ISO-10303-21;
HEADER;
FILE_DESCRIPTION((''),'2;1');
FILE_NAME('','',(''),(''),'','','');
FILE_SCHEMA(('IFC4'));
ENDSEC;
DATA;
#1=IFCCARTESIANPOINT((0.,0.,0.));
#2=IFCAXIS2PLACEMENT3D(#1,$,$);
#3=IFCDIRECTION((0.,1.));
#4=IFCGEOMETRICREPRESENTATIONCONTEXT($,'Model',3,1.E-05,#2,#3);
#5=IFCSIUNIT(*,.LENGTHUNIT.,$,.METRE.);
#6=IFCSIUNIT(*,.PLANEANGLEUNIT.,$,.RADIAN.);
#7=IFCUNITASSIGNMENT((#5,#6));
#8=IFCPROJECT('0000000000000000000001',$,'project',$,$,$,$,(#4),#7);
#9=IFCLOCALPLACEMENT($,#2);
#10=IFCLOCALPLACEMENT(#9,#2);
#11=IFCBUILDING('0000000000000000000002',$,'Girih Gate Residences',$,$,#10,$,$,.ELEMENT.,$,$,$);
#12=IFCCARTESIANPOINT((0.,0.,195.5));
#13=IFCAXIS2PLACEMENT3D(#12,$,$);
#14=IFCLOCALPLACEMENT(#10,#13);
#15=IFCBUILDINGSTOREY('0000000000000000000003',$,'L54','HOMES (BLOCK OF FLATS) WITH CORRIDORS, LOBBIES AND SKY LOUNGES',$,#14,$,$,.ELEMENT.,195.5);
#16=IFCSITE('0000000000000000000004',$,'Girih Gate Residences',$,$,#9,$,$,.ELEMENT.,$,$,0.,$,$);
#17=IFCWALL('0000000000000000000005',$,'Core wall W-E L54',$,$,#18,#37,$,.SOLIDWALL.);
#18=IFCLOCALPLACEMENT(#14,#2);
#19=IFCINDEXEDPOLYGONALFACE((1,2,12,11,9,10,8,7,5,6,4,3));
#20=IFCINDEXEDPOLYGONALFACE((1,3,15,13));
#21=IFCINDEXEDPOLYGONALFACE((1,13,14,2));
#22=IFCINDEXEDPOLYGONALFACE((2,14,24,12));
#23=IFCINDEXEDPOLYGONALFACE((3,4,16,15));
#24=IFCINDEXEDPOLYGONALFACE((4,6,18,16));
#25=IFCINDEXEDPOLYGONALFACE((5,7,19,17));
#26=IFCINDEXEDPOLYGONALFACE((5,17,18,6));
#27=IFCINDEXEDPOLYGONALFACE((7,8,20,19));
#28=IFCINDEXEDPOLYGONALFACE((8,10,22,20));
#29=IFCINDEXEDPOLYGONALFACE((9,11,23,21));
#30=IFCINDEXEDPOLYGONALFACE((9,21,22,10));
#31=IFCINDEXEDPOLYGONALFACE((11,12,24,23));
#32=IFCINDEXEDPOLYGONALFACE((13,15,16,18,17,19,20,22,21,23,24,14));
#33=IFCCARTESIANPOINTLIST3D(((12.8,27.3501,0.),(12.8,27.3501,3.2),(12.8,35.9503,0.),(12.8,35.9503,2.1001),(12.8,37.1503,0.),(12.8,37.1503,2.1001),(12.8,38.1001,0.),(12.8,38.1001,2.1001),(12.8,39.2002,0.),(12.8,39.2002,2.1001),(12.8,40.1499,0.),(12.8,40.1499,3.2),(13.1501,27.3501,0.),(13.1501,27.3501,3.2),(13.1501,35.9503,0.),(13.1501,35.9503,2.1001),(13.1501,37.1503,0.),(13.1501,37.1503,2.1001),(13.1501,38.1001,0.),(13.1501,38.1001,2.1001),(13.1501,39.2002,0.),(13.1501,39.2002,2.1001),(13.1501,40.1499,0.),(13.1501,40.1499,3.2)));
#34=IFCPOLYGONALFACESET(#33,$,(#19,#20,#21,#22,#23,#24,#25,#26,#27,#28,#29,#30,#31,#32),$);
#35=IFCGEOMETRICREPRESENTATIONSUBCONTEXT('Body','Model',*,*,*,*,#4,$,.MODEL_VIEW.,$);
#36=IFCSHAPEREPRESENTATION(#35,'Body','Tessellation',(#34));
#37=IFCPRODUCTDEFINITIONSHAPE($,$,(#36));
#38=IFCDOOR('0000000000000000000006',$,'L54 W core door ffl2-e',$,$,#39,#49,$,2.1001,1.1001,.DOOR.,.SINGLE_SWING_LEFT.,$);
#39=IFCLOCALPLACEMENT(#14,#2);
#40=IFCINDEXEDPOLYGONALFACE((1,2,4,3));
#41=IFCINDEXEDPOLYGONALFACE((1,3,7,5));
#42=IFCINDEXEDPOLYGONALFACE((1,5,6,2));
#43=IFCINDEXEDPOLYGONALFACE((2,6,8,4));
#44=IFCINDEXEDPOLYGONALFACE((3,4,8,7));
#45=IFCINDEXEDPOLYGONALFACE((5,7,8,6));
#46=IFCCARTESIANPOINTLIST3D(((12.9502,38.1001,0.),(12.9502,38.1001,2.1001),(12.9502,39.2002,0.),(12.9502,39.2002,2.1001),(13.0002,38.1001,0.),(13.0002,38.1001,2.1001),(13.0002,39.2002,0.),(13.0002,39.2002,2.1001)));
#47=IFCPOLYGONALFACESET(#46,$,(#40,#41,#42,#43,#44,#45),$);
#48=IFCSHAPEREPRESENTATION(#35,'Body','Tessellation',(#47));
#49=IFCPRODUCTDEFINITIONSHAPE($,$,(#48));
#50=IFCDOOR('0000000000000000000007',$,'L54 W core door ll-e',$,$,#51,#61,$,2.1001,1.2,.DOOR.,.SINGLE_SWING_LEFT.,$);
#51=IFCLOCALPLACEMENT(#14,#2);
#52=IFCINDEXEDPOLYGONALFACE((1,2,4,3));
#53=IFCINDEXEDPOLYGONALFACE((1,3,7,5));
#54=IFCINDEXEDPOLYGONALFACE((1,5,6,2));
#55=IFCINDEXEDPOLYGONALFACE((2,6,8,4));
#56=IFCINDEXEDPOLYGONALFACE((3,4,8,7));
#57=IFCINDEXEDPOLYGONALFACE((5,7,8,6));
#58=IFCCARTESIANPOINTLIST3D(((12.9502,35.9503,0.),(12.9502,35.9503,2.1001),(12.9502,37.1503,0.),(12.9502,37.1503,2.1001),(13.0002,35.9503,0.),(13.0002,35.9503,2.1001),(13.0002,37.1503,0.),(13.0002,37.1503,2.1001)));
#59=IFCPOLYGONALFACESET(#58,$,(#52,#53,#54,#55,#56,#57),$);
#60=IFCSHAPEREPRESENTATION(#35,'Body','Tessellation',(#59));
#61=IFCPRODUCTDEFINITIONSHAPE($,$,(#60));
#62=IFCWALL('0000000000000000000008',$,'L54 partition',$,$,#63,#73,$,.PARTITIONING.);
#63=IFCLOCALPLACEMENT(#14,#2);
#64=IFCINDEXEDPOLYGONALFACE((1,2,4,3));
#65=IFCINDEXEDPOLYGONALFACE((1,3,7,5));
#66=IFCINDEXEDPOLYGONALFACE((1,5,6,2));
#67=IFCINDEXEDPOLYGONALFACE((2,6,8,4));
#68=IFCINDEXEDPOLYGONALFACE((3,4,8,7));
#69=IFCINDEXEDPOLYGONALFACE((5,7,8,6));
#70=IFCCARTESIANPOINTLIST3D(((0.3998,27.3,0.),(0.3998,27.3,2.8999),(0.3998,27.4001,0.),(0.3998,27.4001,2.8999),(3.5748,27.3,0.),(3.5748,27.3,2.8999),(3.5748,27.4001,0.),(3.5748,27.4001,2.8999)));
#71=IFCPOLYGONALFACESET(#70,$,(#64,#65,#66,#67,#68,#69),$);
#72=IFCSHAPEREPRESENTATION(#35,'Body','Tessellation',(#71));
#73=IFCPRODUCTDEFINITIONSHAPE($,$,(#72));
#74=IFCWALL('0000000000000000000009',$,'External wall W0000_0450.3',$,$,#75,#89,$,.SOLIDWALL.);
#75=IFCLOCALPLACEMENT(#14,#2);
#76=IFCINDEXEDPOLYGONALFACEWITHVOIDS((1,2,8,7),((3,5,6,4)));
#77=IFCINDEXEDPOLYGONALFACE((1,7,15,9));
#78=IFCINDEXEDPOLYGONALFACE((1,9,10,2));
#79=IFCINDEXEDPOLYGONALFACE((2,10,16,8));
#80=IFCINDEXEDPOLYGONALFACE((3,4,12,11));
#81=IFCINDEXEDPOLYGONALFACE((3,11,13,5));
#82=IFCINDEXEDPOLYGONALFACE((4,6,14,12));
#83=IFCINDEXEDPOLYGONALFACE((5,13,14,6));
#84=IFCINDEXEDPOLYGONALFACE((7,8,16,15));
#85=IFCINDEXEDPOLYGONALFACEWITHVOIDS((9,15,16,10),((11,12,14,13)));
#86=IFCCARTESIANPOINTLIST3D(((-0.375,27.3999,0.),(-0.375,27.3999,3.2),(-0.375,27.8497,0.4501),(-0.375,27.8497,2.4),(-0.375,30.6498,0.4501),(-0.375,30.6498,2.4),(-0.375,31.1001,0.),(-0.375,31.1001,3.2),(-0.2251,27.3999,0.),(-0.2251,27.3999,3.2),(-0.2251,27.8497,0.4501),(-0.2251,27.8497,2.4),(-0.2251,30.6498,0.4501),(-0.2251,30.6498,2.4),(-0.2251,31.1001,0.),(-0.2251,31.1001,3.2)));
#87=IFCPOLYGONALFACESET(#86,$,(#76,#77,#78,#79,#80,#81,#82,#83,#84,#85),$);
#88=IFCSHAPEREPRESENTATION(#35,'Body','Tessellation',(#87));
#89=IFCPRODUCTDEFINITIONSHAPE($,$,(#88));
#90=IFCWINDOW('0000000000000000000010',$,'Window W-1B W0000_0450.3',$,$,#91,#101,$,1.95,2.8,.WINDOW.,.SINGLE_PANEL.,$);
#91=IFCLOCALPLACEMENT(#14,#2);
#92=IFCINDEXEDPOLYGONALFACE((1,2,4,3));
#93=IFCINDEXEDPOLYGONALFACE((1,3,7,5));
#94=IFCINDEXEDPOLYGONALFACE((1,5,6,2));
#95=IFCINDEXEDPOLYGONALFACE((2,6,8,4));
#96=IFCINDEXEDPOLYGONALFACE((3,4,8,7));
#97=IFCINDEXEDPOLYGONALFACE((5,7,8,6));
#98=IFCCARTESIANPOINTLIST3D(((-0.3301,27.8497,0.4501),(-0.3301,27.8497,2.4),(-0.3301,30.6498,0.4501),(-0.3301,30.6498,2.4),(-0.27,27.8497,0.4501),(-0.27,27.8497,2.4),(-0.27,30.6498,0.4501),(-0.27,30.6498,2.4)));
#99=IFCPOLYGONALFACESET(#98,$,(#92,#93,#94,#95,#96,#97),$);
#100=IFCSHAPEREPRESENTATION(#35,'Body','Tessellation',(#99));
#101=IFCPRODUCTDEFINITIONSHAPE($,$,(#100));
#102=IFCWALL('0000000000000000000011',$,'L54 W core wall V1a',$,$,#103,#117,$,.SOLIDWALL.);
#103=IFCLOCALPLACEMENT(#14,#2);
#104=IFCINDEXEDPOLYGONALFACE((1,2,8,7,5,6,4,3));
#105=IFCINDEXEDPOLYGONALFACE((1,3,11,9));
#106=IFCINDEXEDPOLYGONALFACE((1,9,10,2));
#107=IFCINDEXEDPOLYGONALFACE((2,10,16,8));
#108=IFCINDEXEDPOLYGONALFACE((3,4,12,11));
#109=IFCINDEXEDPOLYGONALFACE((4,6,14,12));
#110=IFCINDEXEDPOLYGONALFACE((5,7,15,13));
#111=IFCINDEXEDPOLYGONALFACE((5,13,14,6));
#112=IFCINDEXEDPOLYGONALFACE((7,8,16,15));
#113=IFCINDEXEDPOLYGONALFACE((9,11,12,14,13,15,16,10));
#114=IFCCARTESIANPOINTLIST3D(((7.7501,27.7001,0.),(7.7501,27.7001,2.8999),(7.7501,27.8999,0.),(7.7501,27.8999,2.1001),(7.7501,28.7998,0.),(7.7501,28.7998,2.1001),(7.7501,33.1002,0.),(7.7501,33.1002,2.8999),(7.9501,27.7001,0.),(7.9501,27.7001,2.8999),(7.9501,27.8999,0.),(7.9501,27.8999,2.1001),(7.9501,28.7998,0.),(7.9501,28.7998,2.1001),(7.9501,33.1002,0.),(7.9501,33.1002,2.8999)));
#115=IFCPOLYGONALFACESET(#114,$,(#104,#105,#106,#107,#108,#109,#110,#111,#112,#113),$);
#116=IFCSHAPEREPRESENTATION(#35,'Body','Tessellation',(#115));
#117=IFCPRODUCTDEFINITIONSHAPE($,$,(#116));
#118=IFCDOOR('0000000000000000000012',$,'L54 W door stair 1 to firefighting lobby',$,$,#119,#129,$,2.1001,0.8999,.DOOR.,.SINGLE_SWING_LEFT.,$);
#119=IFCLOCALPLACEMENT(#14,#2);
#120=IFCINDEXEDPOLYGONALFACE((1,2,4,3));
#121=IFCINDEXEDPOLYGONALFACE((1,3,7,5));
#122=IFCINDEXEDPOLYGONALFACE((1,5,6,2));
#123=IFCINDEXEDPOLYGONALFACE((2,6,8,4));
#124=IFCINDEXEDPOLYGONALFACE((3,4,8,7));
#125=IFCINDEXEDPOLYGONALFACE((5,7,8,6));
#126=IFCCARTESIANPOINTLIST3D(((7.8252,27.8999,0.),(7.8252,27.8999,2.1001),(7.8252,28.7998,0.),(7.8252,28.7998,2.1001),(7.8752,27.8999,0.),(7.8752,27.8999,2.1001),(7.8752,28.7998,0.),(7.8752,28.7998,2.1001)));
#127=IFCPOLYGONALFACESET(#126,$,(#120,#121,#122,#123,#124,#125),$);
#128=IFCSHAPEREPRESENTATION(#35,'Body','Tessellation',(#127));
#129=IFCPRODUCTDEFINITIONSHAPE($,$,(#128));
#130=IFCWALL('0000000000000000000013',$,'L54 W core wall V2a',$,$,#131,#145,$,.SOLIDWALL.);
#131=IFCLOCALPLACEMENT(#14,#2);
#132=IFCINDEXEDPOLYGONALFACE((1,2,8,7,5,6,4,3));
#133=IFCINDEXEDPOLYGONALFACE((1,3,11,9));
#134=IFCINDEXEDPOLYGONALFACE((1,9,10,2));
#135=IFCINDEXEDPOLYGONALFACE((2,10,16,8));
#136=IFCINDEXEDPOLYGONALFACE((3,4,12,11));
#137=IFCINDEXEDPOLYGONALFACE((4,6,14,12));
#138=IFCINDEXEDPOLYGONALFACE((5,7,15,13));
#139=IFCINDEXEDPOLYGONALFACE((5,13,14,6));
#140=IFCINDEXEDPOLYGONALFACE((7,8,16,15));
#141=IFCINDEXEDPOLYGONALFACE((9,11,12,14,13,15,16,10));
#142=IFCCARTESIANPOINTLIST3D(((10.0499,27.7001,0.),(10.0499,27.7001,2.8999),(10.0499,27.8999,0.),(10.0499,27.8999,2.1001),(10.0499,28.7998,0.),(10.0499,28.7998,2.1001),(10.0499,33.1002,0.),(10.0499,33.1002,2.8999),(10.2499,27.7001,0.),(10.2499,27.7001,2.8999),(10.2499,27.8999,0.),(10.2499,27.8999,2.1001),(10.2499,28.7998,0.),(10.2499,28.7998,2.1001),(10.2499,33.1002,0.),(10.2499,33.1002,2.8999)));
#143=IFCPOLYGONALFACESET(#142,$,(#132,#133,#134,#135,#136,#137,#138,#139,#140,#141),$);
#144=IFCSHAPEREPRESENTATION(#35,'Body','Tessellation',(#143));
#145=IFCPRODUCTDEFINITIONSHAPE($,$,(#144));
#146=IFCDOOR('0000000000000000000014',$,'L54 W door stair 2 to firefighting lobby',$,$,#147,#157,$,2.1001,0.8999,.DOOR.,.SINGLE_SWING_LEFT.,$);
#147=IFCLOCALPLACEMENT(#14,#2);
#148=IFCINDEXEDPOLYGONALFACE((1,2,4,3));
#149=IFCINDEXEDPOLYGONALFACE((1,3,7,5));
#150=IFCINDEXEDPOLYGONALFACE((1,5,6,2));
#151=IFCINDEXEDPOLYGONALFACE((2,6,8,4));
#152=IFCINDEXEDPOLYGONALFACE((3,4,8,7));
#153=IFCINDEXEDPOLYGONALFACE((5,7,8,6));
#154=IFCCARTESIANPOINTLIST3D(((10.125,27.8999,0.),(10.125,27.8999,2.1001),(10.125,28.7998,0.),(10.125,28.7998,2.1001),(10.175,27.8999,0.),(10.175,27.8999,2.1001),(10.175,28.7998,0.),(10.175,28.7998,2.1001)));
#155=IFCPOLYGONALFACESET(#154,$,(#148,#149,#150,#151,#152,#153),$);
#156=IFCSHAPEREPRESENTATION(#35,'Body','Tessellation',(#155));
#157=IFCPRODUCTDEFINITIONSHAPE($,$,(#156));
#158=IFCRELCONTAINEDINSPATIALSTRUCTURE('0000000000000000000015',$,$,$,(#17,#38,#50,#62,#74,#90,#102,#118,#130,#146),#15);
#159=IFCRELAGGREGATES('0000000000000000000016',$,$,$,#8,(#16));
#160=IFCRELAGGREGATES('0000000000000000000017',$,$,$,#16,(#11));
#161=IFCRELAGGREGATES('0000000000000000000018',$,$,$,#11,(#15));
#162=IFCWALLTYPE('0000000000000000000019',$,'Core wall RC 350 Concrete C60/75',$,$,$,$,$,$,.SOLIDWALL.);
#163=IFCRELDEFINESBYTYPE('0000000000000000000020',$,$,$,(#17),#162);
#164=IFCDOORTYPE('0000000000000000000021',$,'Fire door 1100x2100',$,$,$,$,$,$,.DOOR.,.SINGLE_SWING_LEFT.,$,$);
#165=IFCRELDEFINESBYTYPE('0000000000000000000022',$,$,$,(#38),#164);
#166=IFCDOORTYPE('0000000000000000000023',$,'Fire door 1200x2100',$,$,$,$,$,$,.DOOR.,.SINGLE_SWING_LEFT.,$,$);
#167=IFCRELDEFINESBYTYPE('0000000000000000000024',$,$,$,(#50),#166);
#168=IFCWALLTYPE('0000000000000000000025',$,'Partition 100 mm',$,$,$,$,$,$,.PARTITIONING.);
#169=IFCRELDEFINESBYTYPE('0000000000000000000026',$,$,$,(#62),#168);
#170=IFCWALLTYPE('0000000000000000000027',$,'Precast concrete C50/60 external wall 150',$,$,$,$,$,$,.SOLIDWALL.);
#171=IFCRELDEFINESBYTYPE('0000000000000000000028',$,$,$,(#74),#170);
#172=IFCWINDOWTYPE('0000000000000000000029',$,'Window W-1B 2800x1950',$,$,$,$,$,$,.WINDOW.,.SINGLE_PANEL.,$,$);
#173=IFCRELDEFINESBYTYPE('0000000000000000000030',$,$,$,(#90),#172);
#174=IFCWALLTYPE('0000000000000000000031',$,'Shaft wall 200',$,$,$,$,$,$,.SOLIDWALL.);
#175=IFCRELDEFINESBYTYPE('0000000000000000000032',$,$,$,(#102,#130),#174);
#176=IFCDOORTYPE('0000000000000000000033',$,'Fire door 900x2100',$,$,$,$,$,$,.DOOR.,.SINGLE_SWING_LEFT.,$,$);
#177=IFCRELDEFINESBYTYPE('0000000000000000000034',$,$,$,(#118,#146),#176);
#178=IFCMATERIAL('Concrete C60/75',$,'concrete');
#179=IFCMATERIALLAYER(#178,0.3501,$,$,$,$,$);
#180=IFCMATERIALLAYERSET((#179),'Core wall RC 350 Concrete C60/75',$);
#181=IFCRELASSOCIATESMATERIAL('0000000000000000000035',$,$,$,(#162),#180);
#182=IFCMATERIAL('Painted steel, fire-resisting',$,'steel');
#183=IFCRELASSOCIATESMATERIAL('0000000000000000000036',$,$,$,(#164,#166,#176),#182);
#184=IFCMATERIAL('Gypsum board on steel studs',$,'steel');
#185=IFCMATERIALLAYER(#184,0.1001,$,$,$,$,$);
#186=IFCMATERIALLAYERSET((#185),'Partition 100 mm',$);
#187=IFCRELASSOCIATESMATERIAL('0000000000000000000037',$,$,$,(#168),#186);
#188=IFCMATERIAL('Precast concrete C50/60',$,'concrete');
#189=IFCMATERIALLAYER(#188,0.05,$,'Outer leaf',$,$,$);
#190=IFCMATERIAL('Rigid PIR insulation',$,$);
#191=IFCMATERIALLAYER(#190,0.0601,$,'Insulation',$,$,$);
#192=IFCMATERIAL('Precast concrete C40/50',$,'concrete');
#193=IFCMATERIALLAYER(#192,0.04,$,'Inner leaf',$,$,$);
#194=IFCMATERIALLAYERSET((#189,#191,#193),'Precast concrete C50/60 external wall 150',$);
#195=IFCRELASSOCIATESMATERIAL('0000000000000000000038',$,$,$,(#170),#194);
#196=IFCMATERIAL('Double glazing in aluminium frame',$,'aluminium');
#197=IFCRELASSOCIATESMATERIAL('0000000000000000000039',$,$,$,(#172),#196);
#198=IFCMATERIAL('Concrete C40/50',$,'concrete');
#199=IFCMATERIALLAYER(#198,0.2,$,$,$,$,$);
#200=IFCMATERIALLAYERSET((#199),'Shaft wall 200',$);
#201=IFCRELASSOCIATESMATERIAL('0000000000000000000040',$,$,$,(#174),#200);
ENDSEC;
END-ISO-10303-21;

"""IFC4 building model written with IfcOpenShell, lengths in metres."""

from ifc_helpers import new_model, si_unit, direction, frame, frame_2d, origin, place, context, subcontext, project, spatial, rectangle, extrude, material, layer, layer_set, type_object, element, fill, save


model = new_model("IFC4")

# Units and contexts
model_context = context("Model", 3, precision=1e-05, world=origin(), true_north=direction((0.0, 1.0)))
body_context = subcontext(model_context, "Body", "Model", "MODEL_VIEW")
ifc_project = project(units=[si_unit("LENGTHUNIT", "METRE"), si_unit("PLANEANGLEUNIT", "RADIAN")], contexts=[model_context])

# Site, building, storey
site_placement = place(None, origin())
site = spatial("IfcSite", under=ifc_project, at=site_placement, Name="Girih Gate Residences", CompositionType="ELEMENT", RefElevation=0.0)
building_placement = place(site_placement, origin())
building = spatial("IfcBuilding", under=site, at=building_placement, Name="Girih Gate Residences", CompositionType="ELEMENT")
storey_placement = place(building_placement, frame((0.0, 0.0, 195.5)))
storey = spatial("IfcBuildingStorey", under=building, at=storey_placement, Name="L54", Description="HOMES (BLOCK OF FLATS) WITH CORRIDORS, LOBBIES AND SKY LOUNGES", CompositionType="ELEMENT", Elevation=195.5)

# Shared definitions
ifc_material_1 = material(Name="Concrete C60/75", Category="concrete")

# Shared definitions
ifc_material_2 = material(Name="Gypsum board on steel studs", Category="steel")

# Shared definitions
ifc_layer_1 = layer(ifc_material_1, 0.3501)
ifc_layer_set_1 = layer_set([ifc_layer_1], Name="Core wall RC 350 Concrete C60/75")
wall_type_1 = type_object("IfcWallType", Name="Core wall RC 350 Concrete C60/75", PredefinedType="SOLIDWALL", material=ifc_layer_set_1)
ifc_material_3 = material(Name="Painted steel, fire-resisting", Category="steel")
door_type_1 = type_object("IfcDoorType", Name="Fire door 1100x2100", OperationType="SINGLE_SWING_LEFT", PredefinedType="DOOR", material=ifc_material_3)

# Shared definitions
door_type_2 = type_object("IfcDoorType", Name="Fire door 1200x2100", OperationType="SINGLE_SWING_LEFT", PredefinedType="DOOR", material=ifc_material_3)

# Wall, openings, doors
wall_1_placement = place(storey_placement, frame((12.9751, 27.3501, 0.0), z_axis=(0.0, 0.0, 1.0), x_axis=(0.0, 1.0, 0.0)))
wall_1 = element("IfcWall", 1, at=wall_1_placement, inside=storey, type_object=wall_type_1, Name="Core wall W-E L54", PredefinedType="SOLIDWALL", context=body_context, shape_type="SweptSolid", body=[
    extrude(rectangle(XDim=12.7998, YDim=0.3501, at=frame_2d((6.3999, 0.0))), origin(), (0.0, 0.0, 1.0), 3.2),
])
opening_1_placement = place(wall_1_placement, frame((10.75, 0.0, 0.0)))
opening_1 = element("IfcOpeningElement", 2, at=opening_1_placement, cuts=wall_1, PredefinedType="OPENING", context=body_context, shape_type="SweptSolid", body=[
    extrude(rectangle(XDim=1.1001, YDim=2.1001, at=frame_2d((0.55, 1.05))), frame((0.0, 0.1851, 0.0), z_axis=(0.0, -1.0, 0.0), x_axis=(1.0, 0.0, 0.0)), (0.0, 0.0, 1.0), 0.3701),
])
opening_2_placement = place(wall_1_placement, frame((8.6001, 0.0, 0.0)))
opening_2 = element("IfcOpeningElement", 3, at=opening_2_placement, cuts=wall_1, PredefinedType="OPENING", context=body_context, shape_type="SweptSolid", body=[
    extrude(rectangle(XDim=1.2, YDim=2.1001, at=frame_2d((0.6001, 1.05))), frame((0.0, 0.1851, 0.0), z_axis=(0.0, -1.0, 0.0), x_axis=(1.0, 0.0, 0.0)), (0.0, 0.0, 1.0), 0.3701),
])
door_1_placement = place(opening_1_placement, origin())
door_1 = element("IfcDoor", 4, at=door_1_placement, inside=storey, type_object=door_type_1, Name="L54 W core door ffl2-e", OperationType="SINGLE_SWING_LEFT", OverallHeight=2.1001, OverallWidth=1.1001, PredefinedType="DOOR", context=body_context, shape_type="SweptSolid", body=[
    extrude(rectangle(XDim=1.1001, YDim=2.1001, at=frame_2d((0.55, 1.05))), frame((0.0, 0.0249, 0.0), z_axis=(0.0, -1.0, 0.0), x_axis=(1.0, 0.0, 0.0)), (0.0, 0.0, 1.0), 0.05),
])
fill(opening_1, door_1)
door_2_placement = place(opening_2_placement, origin())
door_2 = element("IfcDoor", 5, at=door_2_placement, inside=storey, type_object=door_type_2, Name="L54 W core door ll-e", OperationType="SINGLE_SWING_LEFT", OverallHeight=2.1001, OverallWidth=1.2, PredefinedType="DOOR", context=body_context, shape_type="SweptSolid", body=[
    extrude(rectangle(XDim=1.2, YDim=2.1001, at=frame_2d((0.6001, 1.05))), frame((0.0, 0.0249, 0.0), z_axis=(0.0, -1.0, 0.0), x_axis=(1.0, 0.0, 0.0)), (0.0, 0.0, 1.0), 0.05),
])
fill(opening_2, door_2)

# Wall
ifc_layer_2 = layer(ifc_material_2, 0.1001)
ifc_layer_set_2 = layer_set([ifc_layer_2], Name="Partition 100 mm")
wall_type_2 = type_object("IfcWallType", Name="Partition 100 mm", PredefinedType="PARTITIONING", material=ifc_layer_set_2)
wall_2_placement = place(storey_placement, frame((0.3999, 27.3501, 0.0), z_axis=(0.0, 0.0, 1.0), x_axis=(1.0, 0.0, 0.0)))
element("IfcWall", 6, at=wall_2_placement, inside=storey, type_object=wall_type_2, Name="L54 partition", PredefinedType="PARTITIONING", context=body_context, shape_type="SweptSolid", body=[
    extrude(rectangle(XDim=3.175, YDim=0.1001, at=frame_2d((1.5874, 0.0))), origin(), (0.0, 0.0, 1.0), 2.8999),
])

# Wall, opening, window
ifc_material_4 = material(Name="Precast concrete C50/60", Category="concrete")
ifc_layer_3 = layer(ifc_material_4, 0.05, Name="Outer leaf")
ifc_material_5 = material(Name="Rigid PIR insulation")
ifc_layer_4 = layer(ifc_material_5, 0.0601, Name="Insulation")
ifc_material_6 = material(Name="Precast concrete C40/50", Category="concrete")
ifc_layer_5 = layer(ifc_material_6, 0.04, Name="Inner leaf")
ifc_layer_set_3 = layer_set([ifc_layer_3, ifc_layer_4, ifc_layer_5], Name="Precast concrete C50/60 external wall 150")
wall_type_3 = type_object("IfcWallType", Name="Precast concrete C50/60 external wall 150", PredefinedType="SOLIDWALL", material=ifc_layer_set_3)
wall_3_placement = place(storey_placement, frame((-0.3, 27.3999, 0.0), z_axis=(0.0, 0.0, 1.0), x_axis=(0.0, 1.0, 0.0)))
wall_3 = element("IfcWall", 7, at=wall_3_placement, inside=storey, type_object=wall_type_3, Name="External wall W0000_0450.3", PredefinedType="SOLIDWALL", context=body_context, shape_type="SweptSolid", body=[
    extrude(rectangle(XDim=3.7002, YDim=0.1499, at=frame_2d((1.8501, 0.0))), origin(), (0.0, 0.0, 1.0), 3.2),
])
opening_3_placement = place(wall_3_placement, frame((0.45, 0.0, 0.45)))
opening_3 = element("IfcOpeningElement", 8, at=opening_3_placement, cuts=wall_3, PredefinedType="OPENING", context=body_context, shape_type="SweptSolid", body=[
    extrude(rectangle(XDim=2.8, YDim=1.95, at=frame_2d((1.3999, 0.9751))), frame((0.0, 0.085, 0.0), z_axis=(0.0, -1.0, 0.0), x_axis=(1.0, 0.0, 0.0)), (0.0, 0.0, 1.0), 0.1699),
])
ifc_material_7 = material(Name="Double glazing in aluminium frame", Category="aluminium")
window_type = type_object("IfcWindowType", Name="Window W-1B 2800x1950", PartitioningType="SINGLE_PANEL", PredefinedType="WINDOW", material=ifc_material_7)
window_placement = place(opening_3_placement, origin())
window = element("IfcWindow", 9, at=window_placement, inside=storey, type_object=window_type, Name="Window W-1B W0000_0450.3", OverallHeight=1.95, OverallWidth=2.8, PartitioningType="SINGLE_PANEL", PredefinedType="WINDOW", context=body_context, shape_type="SweptSolid", body=[
    extrude(rectangle(XDim=2.8, YDim=1.95, at=frame_2d((1.3999, 0.9751))), frame((0.0, 0.03, 0.0), z_axis=(0.0, -1.0, 0.0), x_axis=(1.0, 0.0, 0.0)), (0.0, 0.0, 1.0), 0.0601),
])
fill(opening_3, window)

# Walls, openings, doors
ifc_material_8 = material(Name="Concrete C40/50", Category="concrete")
ifc_layer_6 = layer(ifc_material_8, 0.2)
ifc_layer_set_4 = layer_set([ifc_layer_6], Name="Shaft wall 200")
wall_type_4 = type_object("IfcWallType", Name="Shaft wall 200", PredefinedType="SOLIDWALL", material=ifc_layer_set_4)
wall_4_placement = place(storey_placement, frame((7.8501, 27.7, 0.0), z_axis=(0.0, 0.0, 1.0), x_axis=(0.0, 1.0, 0.0)))
wall_4 = element("IfcWall", 10, at=wall_4_placement, inside=storey, type_object=wall_type_4, Name="L54 W core wall V1a", PredefinedType="SOLIDWALL", context=body_context, shape_type="SweptSolid", body=[
    extrude(rectangle(XDim=5.4001, YDim=0.2, at=frame_2d((2.7002, 0.0))), origin(), (0.0, 0.0, 1.0), 2.8999),
])
opening_4_placement = place(wall_4_placement, frame((0.2, 0.0, 0.0)))
opening_4 = element("IfcOpeningElement", 11, at=opening_4_placement, cuts=wall_4, PredefinedType="OPENING", context=body_context, shape_type="SweptSolid", body=[
    extrude(rectangle(XDim=0.8999, YDim=2.1001, at=frame_2d((0.45, 1.05))), frame((0.0, 0.1099, 0.0), z_axis=(0.0, -1.0, 0.0), x_axis=(1.0, 0.0, 0.0)), (0.0, 0.0, 1.0), 0.22),
])
door_type_3 = type_object("IfcDoorType", Name="Fire door 900x2100", OperationType="SINGLE_SWING_LEFT", PredefinedType="DOOR", material=ifc_material_3)
door_3_placement = place(opening_4_placement, origin())
door_3 = element("IfcDoor", 12, at=door_3_placement, inside=storey, type_object=door_type_3, Name="L54 W door stair 1 to firefighting lobby", OperationType="SINGLE_SWING_LEFT", OverallHeight=2.1001, OverallWidth=0.8999, PredefinedType="DOOR", context=body_context, shape_type="SweptSolid", body=[
    extrude(rectangle(XDim=0.8999, YDim=2.1001, at=frame_2d((0.45, 1.05))), frame((0.0, 0.0249, 0.0), z_axis=(0.0, -1.0, 0.0), x_axis=(1.0, 0.0, 0.0)), (0.0, 0.0, 1.0), 0.05),
])
fill(opening_4, door_3)
wall_5_placement = place(storey_placement, frame((10.1499, 27.7, 0.0), z_axis=(0.0, 0.0, 1.0), x_axis=(0.0, 1.0, 0.0)))
wall_5 = element("IfcWall", 13, at=wall_5_placement, inside=storey, type_object=wall_type_4, Name="L54 W core wall V2a", PredefinedType="SOLIDWALL", context=body_context, shape_type="SweptSolid", body=[
    extrude(rectangle(XDim=5.4001, YDim=0.2, at=frame_2d((2.7002, 0.0))), origin(), (0.0, 0.0, 1.0), 2.8999),
])
opening_5_placement = place(wall_5_placement, frame((0.2, 0.0, 0.0)))
opening_5 = element("IfcOpeningElement", 14, at=opening_5_placement, cuts=wall_5, PredefinedType="OPENING", context=body_context, shape_type="SweptSolid", body=[
    extrude(rectangle(XDim=0.8999, YDim=2.1001, at=frame_2d((0.45, 1.05))), frame((0.0, 0.1099, 0.0), z_axis=(0.0, -1.0, 0.0), x_axis=(1.0, 0.0, 0.0)), (0.0, 0.0, 1.0), 0.22),
])
door_4_placement = place(opening_5_placement, origin())
door_4 = element("IfcDoor", 15, at=door_4_placement, inside=storey, type_object=door_type_3, Name="L54 W door stair 2 to firefighting lobby", OperationType="SINGLE_SWING_LEFT", OverallHeight=2.1001, OverallWidth=0.8999, PredefinedType="DOOR", context=body_context, shape_type="SweptSolid", body=[
    extrude(rectangle(XDim=0.8999, YDim=2.1001, at=frame_2d((0.45, 1.05))), frame((0.0, 0.0249, 0.0), z_axis=(0.0, -1.0, 0.0), x_axis=(1.0, 0.0, 0.0)), (0.0, 0.0, 1.0), 0.05),
])
fill(opening_5, door_4)

save(model, "model.ifc")
